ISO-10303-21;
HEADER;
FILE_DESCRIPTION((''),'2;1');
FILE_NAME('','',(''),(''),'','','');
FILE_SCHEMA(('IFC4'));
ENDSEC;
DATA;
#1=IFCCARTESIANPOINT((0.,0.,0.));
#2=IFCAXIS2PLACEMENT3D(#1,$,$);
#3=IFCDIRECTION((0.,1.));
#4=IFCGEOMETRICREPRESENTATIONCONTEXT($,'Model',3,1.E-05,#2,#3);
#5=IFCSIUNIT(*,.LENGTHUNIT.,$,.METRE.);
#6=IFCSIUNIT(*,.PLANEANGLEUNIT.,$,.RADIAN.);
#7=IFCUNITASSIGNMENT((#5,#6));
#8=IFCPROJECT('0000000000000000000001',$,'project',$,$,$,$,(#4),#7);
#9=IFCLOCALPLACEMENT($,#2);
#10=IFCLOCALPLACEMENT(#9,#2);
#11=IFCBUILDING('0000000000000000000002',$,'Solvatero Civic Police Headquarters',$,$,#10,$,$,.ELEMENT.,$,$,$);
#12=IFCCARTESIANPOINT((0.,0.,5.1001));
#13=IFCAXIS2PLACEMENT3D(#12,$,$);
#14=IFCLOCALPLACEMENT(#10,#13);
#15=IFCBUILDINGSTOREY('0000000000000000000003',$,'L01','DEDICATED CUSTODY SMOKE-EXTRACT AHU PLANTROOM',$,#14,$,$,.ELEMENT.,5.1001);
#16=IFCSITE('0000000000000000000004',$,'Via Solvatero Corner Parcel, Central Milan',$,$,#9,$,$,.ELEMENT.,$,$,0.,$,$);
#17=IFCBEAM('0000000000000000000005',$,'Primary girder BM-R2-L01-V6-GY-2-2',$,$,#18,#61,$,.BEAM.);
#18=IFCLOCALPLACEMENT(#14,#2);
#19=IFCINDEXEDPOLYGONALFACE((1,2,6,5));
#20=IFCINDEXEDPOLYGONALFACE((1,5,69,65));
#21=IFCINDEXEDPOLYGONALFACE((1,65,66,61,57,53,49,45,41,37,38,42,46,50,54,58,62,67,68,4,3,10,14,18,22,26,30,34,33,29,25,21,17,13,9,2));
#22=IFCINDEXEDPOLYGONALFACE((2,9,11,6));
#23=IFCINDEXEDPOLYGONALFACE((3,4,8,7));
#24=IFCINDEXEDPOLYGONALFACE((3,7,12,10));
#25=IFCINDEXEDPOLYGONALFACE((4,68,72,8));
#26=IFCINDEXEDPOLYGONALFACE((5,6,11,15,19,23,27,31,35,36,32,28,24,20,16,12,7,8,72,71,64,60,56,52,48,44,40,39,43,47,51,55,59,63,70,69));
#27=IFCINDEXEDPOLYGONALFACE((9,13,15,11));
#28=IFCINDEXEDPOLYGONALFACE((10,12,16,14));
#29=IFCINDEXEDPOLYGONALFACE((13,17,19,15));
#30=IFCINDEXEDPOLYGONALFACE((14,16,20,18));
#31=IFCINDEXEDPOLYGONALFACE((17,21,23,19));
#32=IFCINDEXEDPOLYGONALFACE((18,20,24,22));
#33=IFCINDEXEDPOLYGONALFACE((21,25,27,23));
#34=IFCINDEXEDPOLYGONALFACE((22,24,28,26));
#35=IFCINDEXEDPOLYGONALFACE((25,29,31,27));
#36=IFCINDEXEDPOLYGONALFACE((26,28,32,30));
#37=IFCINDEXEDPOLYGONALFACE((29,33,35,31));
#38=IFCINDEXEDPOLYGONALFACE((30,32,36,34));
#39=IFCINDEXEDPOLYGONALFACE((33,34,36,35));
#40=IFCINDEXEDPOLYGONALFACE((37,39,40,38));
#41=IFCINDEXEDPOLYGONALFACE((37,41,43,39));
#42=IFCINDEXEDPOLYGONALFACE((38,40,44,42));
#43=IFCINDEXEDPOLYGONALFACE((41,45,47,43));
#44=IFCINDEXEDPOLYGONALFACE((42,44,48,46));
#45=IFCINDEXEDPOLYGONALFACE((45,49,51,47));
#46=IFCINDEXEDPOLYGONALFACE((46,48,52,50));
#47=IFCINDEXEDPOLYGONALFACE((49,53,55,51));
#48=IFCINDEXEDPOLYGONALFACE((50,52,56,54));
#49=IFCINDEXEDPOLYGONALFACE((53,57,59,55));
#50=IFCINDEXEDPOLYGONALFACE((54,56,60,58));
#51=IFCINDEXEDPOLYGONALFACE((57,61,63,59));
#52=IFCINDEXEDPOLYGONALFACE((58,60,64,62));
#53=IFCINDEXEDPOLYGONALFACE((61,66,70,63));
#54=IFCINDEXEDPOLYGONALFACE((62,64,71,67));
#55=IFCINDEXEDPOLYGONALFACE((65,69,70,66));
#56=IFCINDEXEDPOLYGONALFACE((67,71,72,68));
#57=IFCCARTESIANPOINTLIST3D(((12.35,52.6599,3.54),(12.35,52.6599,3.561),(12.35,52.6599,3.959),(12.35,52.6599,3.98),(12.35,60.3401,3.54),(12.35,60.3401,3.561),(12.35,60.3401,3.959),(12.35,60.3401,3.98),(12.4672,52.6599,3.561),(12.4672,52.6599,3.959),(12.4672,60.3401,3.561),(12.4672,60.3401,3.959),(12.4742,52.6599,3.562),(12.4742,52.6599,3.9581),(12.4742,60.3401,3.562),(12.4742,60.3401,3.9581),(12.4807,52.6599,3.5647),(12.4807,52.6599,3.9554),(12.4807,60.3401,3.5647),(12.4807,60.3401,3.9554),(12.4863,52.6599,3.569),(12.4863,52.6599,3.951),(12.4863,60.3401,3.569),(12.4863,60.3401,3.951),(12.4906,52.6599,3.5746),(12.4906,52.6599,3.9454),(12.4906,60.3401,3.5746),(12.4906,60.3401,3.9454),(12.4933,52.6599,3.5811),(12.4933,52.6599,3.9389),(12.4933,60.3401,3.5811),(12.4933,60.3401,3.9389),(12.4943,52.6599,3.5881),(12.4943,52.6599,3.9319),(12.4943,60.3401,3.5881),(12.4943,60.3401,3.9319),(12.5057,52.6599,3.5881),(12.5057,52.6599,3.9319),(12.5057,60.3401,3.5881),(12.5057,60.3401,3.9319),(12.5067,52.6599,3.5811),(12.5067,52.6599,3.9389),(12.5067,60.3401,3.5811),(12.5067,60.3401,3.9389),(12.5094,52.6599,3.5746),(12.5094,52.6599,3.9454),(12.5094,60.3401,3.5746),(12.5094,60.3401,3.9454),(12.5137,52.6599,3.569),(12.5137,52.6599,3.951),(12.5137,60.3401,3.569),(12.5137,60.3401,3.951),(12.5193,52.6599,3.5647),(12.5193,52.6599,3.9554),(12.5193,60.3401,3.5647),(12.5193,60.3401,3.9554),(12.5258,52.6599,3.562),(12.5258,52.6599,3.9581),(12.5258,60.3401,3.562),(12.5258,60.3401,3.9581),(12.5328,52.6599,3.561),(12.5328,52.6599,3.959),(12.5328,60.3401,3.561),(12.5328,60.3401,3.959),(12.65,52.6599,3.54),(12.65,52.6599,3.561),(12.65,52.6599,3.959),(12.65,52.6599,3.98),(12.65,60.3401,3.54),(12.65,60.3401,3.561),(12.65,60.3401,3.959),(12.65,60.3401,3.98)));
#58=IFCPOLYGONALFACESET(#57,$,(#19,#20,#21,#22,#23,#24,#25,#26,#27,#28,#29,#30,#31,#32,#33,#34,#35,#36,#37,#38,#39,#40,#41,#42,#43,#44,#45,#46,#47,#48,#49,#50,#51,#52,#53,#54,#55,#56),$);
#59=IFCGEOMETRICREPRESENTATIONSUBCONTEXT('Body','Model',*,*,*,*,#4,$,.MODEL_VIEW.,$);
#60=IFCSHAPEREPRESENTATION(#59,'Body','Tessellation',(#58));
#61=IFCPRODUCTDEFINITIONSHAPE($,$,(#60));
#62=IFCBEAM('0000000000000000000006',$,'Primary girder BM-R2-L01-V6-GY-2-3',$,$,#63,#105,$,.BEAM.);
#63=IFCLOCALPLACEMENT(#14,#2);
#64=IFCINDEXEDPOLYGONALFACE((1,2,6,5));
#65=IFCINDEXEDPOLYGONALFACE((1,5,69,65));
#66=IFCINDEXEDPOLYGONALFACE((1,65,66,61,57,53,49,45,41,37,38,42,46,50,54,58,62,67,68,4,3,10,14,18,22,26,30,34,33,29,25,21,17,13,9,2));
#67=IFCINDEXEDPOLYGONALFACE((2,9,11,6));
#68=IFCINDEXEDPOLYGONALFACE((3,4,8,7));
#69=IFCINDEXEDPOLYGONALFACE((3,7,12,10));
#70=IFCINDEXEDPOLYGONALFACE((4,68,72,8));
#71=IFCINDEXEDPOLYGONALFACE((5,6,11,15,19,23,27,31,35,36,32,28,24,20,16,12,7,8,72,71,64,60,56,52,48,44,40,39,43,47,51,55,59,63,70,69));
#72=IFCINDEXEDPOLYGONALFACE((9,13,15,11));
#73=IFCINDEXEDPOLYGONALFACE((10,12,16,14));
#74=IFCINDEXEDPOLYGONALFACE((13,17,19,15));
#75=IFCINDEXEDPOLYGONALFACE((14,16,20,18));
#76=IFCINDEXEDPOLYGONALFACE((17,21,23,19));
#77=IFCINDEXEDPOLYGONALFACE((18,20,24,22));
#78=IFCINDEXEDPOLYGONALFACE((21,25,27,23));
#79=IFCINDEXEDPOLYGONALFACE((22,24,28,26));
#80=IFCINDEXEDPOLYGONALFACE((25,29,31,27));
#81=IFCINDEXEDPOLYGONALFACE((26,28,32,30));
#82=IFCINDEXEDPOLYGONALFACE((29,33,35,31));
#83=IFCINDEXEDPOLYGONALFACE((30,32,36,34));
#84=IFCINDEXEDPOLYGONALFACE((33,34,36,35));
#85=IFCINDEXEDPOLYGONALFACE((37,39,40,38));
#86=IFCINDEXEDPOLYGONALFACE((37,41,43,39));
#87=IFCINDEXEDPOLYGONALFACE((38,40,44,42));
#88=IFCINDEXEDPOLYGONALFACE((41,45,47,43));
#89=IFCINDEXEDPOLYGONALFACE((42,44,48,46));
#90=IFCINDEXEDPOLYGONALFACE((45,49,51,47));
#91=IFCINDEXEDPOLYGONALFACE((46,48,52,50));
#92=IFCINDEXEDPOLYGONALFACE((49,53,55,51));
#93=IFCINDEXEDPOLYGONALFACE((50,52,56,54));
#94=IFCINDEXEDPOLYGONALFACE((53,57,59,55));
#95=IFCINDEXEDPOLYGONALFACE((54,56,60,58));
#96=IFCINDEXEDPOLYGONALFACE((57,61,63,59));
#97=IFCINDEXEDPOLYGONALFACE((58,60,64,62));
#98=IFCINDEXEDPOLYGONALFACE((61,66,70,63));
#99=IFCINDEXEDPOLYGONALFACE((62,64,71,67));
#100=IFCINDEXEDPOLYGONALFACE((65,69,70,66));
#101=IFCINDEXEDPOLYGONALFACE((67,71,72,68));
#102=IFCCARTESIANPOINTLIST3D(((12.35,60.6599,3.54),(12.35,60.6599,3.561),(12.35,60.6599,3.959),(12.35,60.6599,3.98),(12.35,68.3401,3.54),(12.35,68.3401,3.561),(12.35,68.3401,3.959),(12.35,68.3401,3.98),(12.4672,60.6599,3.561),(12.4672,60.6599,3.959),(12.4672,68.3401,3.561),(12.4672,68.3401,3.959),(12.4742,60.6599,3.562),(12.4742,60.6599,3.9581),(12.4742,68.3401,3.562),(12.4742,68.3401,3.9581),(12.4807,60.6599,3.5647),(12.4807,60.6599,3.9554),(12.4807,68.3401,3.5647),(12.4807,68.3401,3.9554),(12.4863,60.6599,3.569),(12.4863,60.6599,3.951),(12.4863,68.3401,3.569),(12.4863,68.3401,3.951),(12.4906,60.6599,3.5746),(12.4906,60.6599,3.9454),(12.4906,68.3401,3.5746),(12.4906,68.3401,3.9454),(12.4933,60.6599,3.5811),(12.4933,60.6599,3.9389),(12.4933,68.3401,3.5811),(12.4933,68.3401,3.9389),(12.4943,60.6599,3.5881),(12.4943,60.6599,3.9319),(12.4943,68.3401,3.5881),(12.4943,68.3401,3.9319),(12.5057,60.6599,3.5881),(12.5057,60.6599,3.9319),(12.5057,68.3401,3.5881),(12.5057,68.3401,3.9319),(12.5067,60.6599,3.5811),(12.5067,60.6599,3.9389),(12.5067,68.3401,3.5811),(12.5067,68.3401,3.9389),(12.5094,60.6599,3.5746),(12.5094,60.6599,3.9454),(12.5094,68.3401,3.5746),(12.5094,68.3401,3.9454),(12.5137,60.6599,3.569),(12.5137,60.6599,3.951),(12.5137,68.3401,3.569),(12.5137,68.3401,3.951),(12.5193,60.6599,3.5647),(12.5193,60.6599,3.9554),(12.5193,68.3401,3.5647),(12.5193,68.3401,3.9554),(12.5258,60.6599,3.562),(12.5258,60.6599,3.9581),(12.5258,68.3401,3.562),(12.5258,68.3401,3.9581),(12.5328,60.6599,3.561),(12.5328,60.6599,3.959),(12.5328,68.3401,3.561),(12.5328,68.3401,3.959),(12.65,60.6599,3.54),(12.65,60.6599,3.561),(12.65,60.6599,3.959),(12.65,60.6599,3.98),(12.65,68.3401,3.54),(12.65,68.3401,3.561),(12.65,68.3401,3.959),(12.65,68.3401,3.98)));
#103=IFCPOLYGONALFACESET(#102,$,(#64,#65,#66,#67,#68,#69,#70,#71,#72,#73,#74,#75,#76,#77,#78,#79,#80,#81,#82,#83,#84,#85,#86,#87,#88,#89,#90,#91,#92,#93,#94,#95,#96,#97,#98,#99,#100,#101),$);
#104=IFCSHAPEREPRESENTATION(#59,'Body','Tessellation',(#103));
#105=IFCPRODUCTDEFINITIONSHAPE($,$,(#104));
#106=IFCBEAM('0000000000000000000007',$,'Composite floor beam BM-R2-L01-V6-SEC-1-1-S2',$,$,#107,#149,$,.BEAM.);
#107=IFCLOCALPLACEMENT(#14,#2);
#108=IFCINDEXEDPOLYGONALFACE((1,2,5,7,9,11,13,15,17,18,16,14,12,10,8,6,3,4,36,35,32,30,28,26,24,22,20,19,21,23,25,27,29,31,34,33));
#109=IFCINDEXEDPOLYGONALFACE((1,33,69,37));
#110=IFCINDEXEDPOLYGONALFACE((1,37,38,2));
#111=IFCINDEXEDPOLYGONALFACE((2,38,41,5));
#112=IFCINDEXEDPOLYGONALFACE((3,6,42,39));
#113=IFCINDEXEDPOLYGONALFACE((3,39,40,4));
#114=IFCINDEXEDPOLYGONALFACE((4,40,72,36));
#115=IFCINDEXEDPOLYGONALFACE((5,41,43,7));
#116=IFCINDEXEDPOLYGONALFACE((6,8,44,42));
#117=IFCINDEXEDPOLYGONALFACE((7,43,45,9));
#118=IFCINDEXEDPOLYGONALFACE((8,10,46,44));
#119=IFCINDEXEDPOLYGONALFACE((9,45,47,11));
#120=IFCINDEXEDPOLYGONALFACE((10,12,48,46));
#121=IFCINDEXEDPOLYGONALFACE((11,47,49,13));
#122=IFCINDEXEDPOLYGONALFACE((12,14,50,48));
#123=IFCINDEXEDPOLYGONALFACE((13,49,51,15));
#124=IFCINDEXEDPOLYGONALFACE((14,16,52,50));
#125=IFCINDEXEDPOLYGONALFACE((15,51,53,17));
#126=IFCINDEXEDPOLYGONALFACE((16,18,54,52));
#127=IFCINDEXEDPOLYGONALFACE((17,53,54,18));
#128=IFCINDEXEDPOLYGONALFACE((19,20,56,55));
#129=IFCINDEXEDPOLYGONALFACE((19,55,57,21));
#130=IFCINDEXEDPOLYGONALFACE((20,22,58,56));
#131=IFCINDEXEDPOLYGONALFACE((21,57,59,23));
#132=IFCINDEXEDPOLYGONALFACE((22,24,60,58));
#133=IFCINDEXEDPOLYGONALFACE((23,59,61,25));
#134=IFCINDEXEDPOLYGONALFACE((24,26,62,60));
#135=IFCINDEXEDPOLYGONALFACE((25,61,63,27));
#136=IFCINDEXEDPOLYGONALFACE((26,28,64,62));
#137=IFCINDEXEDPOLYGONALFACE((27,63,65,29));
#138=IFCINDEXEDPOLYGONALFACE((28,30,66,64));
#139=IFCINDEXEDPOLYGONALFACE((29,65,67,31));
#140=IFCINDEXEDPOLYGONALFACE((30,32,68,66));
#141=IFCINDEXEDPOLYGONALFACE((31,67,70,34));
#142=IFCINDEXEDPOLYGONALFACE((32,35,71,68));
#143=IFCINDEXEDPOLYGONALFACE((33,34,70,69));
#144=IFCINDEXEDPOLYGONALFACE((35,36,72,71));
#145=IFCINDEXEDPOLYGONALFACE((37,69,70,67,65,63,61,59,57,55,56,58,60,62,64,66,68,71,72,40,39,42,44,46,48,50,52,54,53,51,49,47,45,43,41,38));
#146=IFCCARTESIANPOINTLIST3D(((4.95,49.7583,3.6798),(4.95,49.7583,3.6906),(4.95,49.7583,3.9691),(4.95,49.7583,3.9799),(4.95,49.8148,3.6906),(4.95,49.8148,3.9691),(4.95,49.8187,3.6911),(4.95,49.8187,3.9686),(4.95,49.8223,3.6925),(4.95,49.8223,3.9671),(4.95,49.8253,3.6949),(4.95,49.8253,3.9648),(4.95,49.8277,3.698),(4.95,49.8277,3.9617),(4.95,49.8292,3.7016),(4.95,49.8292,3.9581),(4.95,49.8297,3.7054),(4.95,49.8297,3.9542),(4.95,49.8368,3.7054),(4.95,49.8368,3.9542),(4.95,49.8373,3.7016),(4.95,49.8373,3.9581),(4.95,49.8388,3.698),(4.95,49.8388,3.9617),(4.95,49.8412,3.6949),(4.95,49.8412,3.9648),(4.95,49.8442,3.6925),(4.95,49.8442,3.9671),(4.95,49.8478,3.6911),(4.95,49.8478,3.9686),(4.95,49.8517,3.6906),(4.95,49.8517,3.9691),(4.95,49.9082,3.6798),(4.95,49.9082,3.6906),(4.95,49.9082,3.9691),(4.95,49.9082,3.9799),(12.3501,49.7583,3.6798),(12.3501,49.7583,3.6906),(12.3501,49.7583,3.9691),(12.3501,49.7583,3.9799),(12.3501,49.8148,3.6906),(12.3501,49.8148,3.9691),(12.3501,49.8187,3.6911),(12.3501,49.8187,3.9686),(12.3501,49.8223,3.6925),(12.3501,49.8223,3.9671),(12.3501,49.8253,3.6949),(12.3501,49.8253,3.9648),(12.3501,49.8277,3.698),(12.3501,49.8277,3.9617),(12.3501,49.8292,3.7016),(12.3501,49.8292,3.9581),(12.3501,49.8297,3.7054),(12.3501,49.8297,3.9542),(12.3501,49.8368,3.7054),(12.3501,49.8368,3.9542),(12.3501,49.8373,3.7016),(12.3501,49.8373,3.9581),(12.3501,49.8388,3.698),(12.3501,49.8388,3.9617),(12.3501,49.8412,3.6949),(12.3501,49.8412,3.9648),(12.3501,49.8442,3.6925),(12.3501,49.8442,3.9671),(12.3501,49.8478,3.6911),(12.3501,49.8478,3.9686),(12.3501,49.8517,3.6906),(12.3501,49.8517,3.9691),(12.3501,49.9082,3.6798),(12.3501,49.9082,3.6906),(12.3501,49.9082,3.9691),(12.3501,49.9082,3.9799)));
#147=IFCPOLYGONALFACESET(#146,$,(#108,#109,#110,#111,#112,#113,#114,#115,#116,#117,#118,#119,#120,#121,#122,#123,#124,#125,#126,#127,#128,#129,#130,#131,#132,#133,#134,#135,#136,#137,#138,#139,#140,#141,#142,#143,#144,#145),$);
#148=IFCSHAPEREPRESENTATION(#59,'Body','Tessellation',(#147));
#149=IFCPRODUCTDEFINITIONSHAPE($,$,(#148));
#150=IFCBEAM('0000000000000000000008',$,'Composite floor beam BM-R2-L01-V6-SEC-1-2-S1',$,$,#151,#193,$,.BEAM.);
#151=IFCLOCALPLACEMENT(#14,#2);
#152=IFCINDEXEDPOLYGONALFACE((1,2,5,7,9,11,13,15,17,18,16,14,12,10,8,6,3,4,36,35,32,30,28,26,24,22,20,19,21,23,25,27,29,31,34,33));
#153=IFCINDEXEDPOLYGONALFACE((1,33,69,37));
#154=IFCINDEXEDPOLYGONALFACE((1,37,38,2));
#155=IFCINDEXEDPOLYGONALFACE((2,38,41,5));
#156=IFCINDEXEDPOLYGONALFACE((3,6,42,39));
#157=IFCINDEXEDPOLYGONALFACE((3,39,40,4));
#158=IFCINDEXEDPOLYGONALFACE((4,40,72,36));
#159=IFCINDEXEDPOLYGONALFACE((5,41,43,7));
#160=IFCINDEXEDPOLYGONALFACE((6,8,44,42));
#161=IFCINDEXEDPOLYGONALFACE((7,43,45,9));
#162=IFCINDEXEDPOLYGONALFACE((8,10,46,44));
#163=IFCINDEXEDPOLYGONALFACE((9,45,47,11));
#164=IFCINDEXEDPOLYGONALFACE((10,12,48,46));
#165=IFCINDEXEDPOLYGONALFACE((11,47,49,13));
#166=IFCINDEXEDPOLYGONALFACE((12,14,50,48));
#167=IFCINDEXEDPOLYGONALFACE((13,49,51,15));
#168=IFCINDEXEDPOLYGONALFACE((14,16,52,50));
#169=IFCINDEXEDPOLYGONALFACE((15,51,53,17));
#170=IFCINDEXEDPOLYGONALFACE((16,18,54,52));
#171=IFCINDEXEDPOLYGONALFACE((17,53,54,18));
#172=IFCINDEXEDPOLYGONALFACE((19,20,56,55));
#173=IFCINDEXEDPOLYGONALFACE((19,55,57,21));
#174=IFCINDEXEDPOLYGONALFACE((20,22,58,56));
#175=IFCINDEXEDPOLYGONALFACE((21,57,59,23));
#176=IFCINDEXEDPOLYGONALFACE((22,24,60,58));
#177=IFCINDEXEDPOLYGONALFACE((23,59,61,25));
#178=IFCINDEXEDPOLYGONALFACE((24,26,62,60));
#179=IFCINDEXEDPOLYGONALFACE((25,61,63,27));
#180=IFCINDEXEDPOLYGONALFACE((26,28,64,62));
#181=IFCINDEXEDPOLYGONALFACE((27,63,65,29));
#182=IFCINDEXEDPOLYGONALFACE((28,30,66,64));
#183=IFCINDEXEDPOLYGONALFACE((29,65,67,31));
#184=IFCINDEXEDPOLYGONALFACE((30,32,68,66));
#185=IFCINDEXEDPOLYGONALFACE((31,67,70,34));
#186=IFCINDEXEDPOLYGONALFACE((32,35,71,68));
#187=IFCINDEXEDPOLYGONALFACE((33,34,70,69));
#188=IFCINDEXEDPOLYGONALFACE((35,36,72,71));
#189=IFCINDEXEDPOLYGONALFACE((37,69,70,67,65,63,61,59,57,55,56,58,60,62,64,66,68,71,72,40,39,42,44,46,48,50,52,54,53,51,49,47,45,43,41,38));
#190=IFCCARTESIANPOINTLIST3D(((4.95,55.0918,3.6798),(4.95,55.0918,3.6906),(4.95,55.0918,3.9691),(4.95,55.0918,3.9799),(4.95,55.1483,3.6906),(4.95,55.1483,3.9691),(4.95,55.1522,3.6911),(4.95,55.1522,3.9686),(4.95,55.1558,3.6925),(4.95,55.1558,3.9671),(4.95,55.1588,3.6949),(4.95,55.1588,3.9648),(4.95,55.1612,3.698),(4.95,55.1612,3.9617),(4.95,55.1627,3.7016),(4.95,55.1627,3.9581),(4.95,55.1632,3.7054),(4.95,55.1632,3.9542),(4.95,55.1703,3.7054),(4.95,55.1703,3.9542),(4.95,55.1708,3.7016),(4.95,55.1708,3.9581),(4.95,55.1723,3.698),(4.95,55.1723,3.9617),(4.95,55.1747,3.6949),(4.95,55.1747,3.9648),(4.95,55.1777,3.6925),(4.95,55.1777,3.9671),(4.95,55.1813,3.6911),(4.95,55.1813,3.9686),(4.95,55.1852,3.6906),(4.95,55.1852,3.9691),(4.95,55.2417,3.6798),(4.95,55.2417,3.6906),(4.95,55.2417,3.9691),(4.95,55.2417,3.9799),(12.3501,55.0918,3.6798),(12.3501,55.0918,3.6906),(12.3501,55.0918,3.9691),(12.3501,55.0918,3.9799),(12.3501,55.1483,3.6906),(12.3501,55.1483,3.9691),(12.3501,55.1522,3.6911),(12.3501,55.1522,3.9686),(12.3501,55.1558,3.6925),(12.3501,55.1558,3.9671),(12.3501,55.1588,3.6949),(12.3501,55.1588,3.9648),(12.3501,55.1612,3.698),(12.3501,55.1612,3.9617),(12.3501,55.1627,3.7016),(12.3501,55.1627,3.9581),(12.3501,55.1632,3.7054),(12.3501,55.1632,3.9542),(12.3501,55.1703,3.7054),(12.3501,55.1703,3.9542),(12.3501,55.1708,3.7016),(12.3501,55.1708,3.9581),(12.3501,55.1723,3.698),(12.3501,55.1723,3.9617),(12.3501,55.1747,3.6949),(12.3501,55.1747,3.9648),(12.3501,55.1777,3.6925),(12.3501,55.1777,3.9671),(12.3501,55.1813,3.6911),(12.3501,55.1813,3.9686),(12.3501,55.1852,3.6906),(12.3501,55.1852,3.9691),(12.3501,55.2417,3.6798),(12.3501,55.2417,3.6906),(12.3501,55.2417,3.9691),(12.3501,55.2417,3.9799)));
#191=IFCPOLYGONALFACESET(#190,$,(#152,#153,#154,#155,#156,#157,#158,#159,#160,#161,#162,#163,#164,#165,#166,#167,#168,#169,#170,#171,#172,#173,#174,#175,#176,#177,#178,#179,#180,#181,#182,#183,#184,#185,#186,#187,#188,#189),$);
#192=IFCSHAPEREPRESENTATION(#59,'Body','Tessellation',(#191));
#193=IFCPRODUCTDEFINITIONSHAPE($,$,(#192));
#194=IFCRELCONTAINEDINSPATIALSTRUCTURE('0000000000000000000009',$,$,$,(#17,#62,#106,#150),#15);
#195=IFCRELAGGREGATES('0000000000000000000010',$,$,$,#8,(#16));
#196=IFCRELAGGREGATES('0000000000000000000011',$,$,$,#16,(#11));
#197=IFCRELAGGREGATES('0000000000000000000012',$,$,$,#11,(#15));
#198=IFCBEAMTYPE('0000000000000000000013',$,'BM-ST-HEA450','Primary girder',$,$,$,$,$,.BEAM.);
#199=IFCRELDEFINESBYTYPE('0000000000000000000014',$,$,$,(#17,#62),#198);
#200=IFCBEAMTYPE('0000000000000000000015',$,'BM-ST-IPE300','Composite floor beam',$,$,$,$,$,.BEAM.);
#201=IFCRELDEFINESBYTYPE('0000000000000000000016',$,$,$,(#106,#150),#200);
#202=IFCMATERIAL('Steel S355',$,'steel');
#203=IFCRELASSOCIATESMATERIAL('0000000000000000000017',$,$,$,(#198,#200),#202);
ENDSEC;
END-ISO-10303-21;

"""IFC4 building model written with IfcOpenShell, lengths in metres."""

from ifc_helpers import new_model, si_unit, direction, frame, origin, origin_2d, place, context, subcontext, project, spatial, i_section, extrude, material, material_profile, profile_set, type_object, element, save


model = new_model("IFC4")

# Units and contexts
model_context = context("Model", 3, precision=1e-05, world=origin(), true_north=direction((0.0, 1.0)))
body_context = subcontext(model_context, "Body", "Model", "MODEL_VIEW")
ifc_project = project(units=[si_unit("LENGTHUNIT", "METRE"), si_unit("PLANEANGLEUNIT", "RADIAN")], contexts=[model_context])

# Site, building, storey
site_placement = place(None, origin())
site = spatial("IfcSite", under=ifc_project, at=site_placement, Name="Via Solvatero Corner Parcel, Central Milan", CompositionType="ELEMENT", RefElevation=0.0)
building_placement = place(site_placement, origin())
building = spatial("IfcBuilding", under=site, at=building_placement, Name="Solvatero Civic Police Headquarters", CompositionType="ELEMENT")
storey_placement = place(building_placement, frame((0.0, 0.0, 5.1001)))
storey = spatial("IfcBuildingStorey", under=building, at=storey_placement, Name="L01", Description="DEDICATED CUSTODY SMOKE-EXTRACT AHU PLANTROOM", CompositionType="ELEMENT", Elevation=5.1001)

# Shared definitions
ifc_material_1 = material(Name="Steel S355", Category="steel")

# Beams
ifc_material_profile_1 = material_profile(ifc_material_1, i_section(OverallWidth=0.3, OverallDepth=0.4399, WebThickness=0.0115, FlangeThickness=0.021, FilletRadius=0.0271, at=origin_2d()), Name="HEA 450")
ifc_profile_set_1 = profile_set([ifc_material_profile_1], Name="Steel S355")
beam_type_1 = type_object("IfcBeamType", Name="BM-ST-HEA450", Description="Primary girder", PredefinedType="BEAM", material=ifc_profile_set_1)
for number, where, z_axis, x_axis, name in (
    (1, (12.5, 52.6599, 3.76), (0.0, 1.0, 0.0), (-1.0, 0.0, 0.0), "Primary girder BM-R2-L01-V6-GY-2-2"),
    (2, (12.5, 60.6599, 3.76), (0.0, 1.0, 0.0), (-1.0, 0.0, 0.0), "Primary girder BM-R2-L01-V6-GY-2-3"),
):
    element("IfcBeam", number, at=place(storey_placement, frame(where, z_axis=z_axis, x_axis=x_axis)), inside=storey, type_object=beam_type_1, Name=name, PredefinedType="BEAM", context=body_context, shape_type="SweptSolid", body=[
        extrude(i_section(OverallWidth=0.3, OverallDepth=0.4399, WebThickness=0.0115, FlangeThickness=0.021, FilletRadius=0.0271, at=origin_2d()), origin(), (0.0, 0.0, 1.0), 7.6802),
    ])
ifc_material_profile_2 = material_profile(ifc_material_1, i_section(OverallWidth=0.1499, OverallDepth=0.3, WebThickness=0.0071, FlangeThickness=0.0107, FilletRadius=0.0149, at=origin_2d()), Name="IPE 300")
ifc_profile_set_2 = profile_set([ifc_material_profile_2], Name="Steel S355")
beam_type_2 = type_object("IfcBeamType", Name="BM-ST-IPE300", Description="Composite floor beam", PredefinedType="BEAM", material=ifc_profile_set_2)
for number, where, z_axis, x_axis, name in (
    (3, (4.95, 49.8333, 3.8298), (1.0, 0.0, 0.0), (0.0, 1.0, 0.0), "Composite floor beam BM-R2-L01-V6-SEC-1-1-S2"),
    (4, (4.95, 55.1667, 3.8298), (1.0, 0.0, 0.0), (0.0, 1.0, 0.0), "Composite floor beam BM-R2-L01-V6-SEC-1-2-S1"),
):
    element("IfcBeam", number, at=place(storey_placement, frame(where, z_axis=z_axis, x_axis=x_axis)), inside=storey, type_object=beam_type_2, Name=name, PredefinedType="BEAM", context=body_context, shape_type="SweptSolid", body=[
        extrude(i_section(OverallWidth=0.1499, OverallDepth=0.3, WebThickness=0.0071, FlangeThickness=0.0107, FilletRadius=0.0149, at=origin_2d()), origin(), (0.0, 0.0, 1.0), 7.4001),
    ])

save(model, "model.ifc")
